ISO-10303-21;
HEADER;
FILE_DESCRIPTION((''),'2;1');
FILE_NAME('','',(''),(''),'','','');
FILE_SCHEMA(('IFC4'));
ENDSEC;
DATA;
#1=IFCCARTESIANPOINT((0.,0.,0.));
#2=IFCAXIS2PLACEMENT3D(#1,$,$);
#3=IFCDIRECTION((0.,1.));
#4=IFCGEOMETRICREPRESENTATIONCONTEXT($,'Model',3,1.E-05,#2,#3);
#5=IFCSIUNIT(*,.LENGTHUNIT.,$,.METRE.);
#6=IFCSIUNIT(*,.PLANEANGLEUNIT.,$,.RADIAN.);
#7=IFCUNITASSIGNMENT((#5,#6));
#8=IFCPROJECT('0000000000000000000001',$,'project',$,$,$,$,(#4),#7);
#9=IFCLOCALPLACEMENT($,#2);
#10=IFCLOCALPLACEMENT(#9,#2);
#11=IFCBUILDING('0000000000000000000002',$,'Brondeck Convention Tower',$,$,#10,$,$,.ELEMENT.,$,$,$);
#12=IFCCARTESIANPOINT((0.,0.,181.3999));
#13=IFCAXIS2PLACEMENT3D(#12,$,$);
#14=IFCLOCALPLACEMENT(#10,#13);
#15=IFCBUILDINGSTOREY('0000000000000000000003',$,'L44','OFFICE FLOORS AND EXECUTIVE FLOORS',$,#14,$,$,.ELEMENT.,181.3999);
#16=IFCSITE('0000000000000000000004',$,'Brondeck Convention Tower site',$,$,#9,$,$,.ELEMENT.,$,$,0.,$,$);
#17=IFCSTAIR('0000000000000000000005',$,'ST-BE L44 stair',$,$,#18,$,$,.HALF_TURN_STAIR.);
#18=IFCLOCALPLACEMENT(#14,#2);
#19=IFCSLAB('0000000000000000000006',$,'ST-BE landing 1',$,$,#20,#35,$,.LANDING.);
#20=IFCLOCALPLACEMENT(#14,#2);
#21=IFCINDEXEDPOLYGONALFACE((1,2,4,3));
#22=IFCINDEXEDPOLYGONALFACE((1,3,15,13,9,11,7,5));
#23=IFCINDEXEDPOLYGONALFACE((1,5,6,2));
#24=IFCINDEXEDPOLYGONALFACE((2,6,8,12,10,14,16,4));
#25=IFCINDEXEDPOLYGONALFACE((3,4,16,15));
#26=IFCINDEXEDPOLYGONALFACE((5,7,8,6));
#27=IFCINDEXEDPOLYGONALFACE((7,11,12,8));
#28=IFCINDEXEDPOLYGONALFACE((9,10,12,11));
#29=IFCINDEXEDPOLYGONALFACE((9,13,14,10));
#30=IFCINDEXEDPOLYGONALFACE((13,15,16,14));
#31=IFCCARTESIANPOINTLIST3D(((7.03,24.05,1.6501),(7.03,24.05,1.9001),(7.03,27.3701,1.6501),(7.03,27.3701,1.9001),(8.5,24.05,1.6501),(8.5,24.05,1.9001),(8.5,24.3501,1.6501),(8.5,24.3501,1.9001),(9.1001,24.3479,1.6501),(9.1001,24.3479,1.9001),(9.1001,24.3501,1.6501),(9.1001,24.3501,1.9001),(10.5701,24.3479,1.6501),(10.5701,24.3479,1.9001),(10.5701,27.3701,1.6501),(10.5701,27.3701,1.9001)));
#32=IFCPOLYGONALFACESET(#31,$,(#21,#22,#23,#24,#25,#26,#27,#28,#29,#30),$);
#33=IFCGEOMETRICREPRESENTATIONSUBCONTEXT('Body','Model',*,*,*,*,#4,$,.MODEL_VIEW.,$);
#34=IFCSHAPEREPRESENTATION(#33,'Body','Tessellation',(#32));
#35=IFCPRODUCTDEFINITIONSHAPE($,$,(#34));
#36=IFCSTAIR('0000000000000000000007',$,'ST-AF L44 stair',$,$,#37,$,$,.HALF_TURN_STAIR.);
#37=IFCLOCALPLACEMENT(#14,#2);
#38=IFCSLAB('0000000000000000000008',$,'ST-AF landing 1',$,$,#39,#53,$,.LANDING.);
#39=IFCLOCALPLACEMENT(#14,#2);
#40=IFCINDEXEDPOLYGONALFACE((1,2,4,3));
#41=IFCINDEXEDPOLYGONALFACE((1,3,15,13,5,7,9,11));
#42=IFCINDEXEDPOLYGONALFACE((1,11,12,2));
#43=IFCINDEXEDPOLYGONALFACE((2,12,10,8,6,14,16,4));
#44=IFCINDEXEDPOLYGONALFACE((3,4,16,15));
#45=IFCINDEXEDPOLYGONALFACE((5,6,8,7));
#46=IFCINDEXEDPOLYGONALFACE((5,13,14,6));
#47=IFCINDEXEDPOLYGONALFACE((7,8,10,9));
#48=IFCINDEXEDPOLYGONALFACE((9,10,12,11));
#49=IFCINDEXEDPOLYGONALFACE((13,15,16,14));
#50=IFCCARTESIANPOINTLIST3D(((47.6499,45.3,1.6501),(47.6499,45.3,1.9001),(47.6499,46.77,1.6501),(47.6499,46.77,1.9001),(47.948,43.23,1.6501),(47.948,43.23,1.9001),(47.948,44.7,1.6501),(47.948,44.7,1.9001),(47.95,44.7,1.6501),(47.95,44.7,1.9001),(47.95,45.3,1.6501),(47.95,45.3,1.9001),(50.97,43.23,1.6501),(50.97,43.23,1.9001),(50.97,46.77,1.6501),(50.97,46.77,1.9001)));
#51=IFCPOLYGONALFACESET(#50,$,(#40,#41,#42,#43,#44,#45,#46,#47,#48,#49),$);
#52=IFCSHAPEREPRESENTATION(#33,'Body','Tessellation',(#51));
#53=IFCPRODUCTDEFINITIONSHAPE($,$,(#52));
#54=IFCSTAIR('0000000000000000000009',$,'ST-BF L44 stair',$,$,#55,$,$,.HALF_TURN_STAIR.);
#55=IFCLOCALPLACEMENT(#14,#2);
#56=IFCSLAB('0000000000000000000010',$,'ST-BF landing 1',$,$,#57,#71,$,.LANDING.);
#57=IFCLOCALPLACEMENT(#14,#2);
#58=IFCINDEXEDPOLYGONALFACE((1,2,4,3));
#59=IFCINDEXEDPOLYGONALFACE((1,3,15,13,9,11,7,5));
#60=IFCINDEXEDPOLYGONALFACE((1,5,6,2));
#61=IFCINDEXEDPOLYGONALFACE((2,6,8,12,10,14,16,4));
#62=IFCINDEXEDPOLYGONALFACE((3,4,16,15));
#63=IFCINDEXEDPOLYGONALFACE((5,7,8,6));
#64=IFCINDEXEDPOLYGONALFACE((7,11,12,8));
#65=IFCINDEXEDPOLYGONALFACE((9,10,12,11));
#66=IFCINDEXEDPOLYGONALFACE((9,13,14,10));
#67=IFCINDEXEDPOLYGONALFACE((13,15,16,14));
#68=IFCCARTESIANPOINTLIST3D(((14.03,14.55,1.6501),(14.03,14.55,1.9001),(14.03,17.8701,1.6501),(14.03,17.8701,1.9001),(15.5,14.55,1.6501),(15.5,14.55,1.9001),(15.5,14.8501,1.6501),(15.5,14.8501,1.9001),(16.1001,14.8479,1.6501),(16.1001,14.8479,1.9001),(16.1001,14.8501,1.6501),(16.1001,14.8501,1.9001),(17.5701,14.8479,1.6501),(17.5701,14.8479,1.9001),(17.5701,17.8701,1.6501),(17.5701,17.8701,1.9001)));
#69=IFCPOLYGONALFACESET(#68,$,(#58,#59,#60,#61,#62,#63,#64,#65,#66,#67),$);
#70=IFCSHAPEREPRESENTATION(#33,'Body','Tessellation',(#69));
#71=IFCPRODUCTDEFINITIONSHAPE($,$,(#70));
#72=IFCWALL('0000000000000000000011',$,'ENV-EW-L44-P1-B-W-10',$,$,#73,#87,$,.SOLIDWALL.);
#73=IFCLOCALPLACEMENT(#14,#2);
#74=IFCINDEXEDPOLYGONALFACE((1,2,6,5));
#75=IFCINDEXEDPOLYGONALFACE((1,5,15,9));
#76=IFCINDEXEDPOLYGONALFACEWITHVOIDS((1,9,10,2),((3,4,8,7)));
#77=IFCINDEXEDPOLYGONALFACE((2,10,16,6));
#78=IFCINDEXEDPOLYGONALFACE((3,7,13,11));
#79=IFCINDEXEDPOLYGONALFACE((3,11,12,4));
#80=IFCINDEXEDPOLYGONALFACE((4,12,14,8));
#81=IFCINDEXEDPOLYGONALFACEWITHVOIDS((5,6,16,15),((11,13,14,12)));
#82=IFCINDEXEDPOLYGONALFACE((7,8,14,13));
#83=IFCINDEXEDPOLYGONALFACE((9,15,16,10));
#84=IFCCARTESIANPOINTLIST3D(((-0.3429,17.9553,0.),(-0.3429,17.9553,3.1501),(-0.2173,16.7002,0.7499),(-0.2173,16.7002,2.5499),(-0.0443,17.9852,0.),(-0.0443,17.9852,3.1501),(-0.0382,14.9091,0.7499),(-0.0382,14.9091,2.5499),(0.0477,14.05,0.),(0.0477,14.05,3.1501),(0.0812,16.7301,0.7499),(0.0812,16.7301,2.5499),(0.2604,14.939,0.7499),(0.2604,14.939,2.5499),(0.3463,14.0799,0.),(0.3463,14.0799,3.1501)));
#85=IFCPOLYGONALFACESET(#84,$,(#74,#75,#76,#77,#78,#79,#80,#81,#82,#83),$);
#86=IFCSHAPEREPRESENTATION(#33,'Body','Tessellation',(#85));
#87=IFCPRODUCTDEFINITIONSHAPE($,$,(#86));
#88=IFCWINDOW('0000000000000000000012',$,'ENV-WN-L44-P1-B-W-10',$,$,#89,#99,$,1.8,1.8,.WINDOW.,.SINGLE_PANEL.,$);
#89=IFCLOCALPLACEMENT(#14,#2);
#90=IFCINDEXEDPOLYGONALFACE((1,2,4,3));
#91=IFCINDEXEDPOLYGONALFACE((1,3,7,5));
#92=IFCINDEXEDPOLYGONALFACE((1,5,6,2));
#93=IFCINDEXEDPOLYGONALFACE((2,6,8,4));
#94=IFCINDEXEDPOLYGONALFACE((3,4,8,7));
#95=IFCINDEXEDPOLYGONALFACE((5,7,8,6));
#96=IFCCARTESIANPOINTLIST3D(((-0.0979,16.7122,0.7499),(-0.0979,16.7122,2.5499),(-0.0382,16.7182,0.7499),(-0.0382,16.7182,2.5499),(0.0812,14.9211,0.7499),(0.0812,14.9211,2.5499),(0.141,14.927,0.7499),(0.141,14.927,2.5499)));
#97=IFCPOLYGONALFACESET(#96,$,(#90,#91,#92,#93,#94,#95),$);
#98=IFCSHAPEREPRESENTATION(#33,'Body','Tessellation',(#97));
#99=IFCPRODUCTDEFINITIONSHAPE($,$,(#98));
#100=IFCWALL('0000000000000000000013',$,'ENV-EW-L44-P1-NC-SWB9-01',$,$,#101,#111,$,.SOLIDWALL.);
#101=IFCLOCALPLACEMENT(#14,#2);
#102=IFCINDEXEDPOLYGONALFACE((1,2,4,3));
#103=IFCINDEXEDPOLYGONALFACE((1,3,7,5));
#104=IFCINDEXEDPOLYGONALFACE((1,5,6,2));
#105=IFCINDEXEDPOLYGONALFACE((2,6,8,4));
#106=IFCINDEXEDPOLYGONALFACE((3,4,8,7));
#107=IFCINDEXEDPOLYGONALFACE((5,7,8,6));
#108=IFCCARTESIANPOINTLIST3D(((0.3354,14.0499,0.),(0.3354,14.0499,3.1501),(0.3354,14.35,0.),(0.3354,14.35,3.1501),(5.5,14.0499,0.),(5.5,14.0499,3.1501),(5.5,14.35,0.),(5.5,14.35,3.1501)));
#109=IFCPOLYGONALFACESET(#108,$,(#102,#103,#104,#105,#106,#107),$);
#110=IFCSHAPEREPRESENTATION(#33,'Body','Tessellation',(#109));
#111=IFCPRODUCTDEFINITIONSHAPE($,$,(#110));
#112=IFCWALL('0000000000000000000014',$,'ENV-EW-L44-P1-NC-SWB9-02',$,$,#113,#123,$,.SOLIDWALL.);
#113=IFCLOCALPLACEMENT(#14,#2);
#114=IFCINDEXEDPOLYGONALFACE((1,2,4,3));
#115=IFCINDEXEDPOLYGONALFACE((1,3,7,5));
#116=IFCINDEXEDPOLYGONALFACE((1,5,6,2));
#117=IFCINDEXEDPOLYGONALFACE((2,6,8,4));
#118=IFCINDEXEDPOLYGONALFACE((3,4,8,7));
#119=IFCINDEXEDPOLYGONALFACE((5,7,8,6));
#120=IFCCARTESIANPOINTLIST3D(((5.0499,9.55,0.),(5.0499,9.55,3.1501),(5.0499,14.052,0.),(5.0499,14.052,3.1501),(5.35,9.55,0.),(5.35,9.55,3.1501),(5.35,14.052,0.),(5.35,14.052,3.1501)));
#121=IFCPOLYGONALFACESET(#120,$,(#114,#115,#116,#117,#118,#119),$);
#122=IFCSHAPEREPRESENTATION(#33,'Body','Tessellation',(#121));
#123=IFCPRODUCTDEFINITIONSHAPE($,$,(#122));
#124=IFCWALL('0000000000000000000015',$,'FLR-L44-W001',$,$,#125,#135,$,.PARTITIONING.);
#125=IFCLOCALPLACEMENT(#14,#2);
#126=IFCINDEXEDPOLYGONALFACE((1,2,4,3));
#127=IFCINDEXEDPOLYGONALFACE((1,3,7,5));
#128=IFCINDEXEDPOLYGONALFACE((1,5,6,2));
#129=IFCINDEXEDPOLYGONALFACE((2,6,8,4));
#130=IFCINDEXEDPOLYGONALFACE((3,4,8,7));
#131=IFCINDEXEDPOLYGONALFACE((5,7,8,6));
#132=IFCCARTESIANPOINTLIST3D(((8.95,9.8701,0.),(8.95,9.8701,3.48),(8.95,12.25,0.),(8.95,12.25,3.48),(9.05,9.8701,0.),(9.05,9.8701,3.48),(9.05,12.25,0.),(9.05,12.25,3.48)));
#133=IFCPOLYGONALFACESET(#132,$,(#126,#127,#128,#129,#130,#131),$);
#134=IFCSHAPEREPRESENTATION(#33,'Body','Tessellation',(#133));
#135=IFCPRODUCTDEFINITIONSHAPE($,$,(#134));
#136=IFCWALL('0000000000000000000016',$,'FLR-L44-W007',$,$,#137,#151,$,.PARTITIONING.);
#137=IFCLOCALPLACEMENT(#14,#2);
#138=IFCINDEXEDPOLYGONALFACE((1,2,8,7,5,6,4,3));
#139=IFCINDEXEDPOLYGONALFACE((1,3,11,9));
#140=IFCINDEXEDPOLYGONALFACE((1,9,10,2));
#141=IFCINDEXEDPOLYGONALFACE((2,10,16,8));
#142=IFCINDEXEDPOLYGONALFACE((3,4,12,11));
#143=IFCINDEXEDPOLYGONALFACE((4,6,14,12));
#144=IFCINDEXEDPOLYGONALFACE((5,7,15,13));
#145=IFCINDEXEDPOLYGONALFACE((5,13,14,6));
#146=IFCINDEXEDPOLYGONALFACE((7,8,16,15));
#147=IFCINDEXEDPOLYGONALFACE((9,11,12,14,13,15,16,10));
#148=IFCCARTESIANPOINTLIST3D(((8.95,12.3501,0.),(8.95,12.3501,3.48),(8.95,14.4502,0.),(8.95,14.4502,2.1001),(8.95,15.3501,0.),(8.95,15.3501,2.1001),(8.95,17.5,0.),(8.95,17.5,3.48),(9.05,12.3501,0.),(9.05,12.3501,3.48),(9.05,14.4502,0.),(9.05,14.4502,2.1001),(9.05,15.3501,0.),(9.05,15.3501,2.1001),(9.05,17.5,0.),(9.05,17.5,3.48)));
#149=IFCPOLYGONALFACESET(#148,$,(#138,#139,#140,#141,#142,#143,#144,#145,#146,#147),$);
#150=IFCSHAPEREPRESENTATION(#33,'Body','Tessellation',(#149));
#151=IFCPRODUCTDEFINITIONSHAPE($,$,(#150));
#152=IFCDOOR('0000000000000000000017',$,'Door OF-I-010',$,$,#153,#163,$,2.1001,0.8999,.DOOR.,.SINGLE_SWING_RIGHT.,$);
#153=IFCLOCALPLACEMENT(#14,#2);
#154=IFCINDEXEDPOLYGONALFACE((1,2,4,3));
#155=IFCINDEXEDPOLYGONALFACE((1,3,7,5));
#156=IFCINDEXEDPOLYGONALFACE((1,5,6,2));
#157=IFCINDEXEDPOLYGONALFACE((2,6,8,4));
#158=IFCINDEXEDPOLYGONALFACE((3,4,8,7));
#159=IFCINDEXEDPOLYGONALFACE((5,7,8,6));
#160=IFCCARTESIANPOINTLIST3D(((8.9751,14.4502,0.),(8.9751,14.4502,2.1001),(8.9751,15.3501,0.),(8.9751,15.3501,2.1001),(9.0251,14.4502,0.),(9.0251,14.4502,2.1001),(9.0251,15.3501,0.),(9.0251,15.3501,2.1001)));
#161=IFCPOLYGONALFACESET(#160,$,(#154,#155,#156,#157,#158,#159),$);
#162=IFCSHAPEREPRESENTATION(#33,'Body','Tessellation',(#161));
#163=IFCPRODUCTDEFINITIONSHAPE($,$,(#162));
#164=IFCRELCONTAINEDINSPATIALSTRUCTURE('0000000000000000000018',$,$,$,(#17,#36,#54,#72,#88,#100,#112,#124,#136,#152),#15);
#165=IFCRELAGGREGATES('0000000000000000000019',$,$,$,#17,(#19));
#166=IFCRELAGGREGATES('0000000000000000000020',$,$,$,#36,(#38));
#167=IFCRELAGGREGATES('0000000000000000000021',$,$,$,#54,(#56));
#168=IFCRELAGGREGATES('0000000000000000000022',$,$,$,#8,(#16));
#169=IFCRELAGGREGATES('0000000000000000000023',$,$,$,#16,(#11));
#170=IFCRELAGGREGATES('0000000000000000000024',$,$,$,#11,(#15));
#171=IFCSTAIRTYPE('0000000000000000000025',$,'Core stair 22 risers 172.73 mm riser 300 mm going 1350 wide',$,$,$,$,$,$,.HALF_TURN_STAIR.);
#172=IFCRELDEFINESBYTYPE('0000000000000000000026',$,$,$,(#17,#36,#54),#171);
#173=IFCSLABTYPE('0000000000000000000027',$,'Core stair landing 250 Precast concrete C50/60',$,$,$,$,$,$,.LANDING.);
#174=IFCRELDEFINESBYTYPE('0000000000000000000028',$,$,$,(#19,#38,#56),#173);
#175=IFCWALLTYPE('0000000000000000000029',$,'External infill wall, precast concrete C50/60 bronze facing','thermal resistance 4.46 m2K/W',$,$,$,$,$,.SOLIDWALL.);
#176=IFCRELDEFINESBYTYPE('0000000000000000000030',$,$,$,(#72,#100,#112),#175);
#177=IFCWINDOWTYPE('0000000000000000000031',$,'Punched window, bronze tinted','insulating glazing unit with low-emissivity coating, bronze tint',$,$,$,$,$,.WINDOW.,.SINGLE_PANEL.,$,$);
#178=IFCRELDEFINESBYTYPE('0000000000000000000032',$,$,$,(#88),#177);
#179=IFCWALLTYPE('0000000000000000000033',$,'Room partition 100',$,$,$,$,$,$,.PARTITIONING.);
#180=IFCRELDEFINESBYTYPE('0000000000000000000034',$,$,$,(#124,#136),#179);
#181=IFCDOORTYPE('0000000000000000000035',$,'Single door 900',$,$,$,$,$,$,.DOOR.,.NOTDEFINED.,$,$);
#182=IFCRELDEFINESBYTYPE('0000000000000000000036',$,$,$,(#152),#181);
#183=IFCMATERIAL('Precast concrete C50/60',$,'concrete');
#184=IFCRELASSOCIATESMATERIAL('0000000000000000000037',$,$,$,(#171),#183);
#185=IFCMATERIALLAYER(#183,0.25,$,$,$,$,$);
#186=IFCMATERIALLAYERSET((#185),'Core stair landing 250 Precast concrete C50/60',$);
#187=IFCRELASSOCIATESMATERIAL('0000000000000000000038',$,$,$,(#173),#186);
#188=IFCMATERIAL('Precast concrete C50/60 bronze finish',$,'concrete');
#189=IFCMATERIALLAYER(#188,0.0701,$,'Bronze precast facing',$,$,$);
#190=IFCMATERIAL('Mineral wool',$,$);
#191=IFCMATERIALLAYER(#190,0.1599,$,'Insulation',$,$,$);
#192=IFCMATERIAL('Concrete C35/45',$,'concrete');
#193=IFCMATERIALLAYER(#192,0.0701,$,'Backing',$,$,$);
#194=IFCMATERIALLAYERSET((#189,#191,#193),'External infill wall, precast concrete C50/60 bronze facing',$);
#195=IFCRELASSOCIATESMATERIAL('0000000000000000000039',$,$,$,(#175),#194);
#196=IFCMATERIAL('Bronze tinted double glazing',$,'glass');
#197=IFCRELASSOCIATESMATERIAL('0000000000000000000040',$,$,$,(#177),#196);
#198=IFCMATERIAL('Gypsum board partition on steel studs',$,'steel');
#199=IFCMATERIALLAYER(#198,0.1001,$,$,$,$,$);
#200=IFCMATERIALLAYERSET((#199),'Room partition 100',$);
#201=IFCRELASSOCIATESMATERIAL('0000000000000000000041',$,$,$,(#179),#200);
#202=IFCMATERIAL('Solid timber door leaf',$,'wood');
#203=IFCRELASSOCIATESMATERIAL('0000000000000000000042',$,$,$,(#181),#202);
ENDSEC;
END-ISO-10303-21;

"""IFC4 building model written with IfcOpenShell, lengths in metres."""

from ifc_helpers import new_model, si_unit, direction, frame, frame_2d, origin, place, context, subcontext, project, spatial, polyline, rectangle, outline, extrude, material, layer, layer_set, type_object, element, fill, aggregate, save


model = new_model("IFC4")

# Units and contexts
model_context = context("Model", 3, precision=1e-05, world=origin(), true_north=direction((0.0, 1.0)))
body_context = subcontext(model_context, "Body", "Model", "MODEL_VIEW")
ifc_project = project(units=[si_unit("LENGTHUNIT", "METRE"), si_unit("PLANEANGLEUNIT", "RADIAN")], contexts=[model_context])

# Site, building, storey
site_placement = place(None, origin())
site = spatial("IfcSite", under=ifc_project, at=site_placement, Name="Brondeck Convention Tower site", CompositionType="ELEMENT", RefElevation=0.0)
building_placement = place(site_placement, origin())
building = spatial("IfcBuilding", under=site, at=building_placement, Name="Brondeck Convention Tower", CompositionType="ELEMENT")
storey_placement = place(building_placement, frame((0.0, 0.0, 181.3999)))
storey = spatial("IfcBuildingStorey", under=building, at=storey_placement, Name="L44", Description="OFFICE FLOORS AND EXECUTIVE FLOORS", CompositionType="ELEMENT", Elevation=181.3999)

# Shared definitions
ifc_material_1 = material(Name="Concrete C35/45", Category="concrete")

# Stairs, slabs
ifc_material_2 = material(Name="Precast concrete C50/60", Category="concrete")
stair_type = type_object("IfcStairType", Name="Core stair 22 risers 172.73 mm riser 300 mm going 1350 wide", PredefinedType="HALF_TURN_STAIR", material=ifc_material_2)
ifc_layer_1 = layer(ifc_material_2, 0.25)
ifc_layer_set_1 = layer_set([ifc_layer_1], Name="Core stair landing 250 Precast concrete C50/60")
slab_type_1 = type_object("IfcSlabType", Name="Core stair landing 250 Precast concrete C50/60", PredefinedType="LANDING", material=ifc_layer_set_1)
stair_1_placement = place(storey_placement, origin())
stair_1 = element("IfcStair", 1, at=stair_1_placement, inside=storey, type_object=stair_type, Name="ST-BE L44 stair", PredefinedType="HALF_TURN_STAIR")
slab_1_placement = place(storey_placement, frame((0.0, 0.0, 1.6501)))
slab_1 = element("IfcSlab", 2, at=slab_1_placement, type_object=slab_type_1, Name="ST-BE landing 1", PredefinedType="LANDING", context=body_context, shape_type="SweptSolid", body=[
    extrude(outline(polyline([(7.03, 24.05), (7.03, 27.3701), (10.5701, 27.3701), (10.5701, 24.3479), (9.1001, 24.3479), (9.1001, 24.3501), (8.5, 24.3501), (8.5, 24.05), (7.03, 24.05)])), origin(), (0.0, 0.0, 1.0), 0.25),
])
aggregate(stair_1, [slab_1])
stair_2_placement = place(storey_placement, origin())
stair_2 = element("IfcStair", 3, at=stair_2_placement, inside=storey, type_object=stair_type, Name="ST-AF L44 stair", PredefinedType="HALF_TURN_STAIR")
slab_2_placement = place(storey_placement, frame((0.0, 0.0, 1.6501)))
slab_2 = element("IfcSlab", 4, at=slab_2_placement, type_object=slab_type_1, Name="ST-AF landing 1", PredefinedType="LANDING", context=body_context, shape_type="SweptSolid", body=[
    extrude(outline(polyline([(47.948, 44.7), (47.95, 44.7), (47.95, 45.3), (47.6499, 45.3), (47.6499, 46.77), (50.97, 46.77), (50.97, 43.23), (47.948, 43.23), (47.948, 44.7)])), origin(), (0.0, 0.0, 1.0), 0.25),
])
aggregate(stair_2, [slab_2])
stair_3_placement = place(storey_placement, origin())
stair_3 = element("IfcStair", 5, at=stair_3_placement, inside=storey, type_object=stair_type, Name="ST-BF L44 stair", PredefinedType="HALF_TURN_STAIR")
slab_3_placement = place(storey_placement, frame((0.0, 0.0, 1.6501)))
slab_3 = element("IfcSlab", 6, at=slab_3_placement, type_object=slab_type_1, Name="ST-BF landing 1", PredefinedType="LANDING", context=body_context, shape_type="SweptSolid", body=[
    extrude(outline(polyline([(14.03, 14.55), (14.03, 17.8701), (17.5701, 17.8701), (17.5701, 14.8479), (16.1001, 14.8479), (16.1001, 14.8501), (15.5, 14.8501), (15.5, 14.55), (14.03, 14.55)])), origin(), (0.0, 0.0, 1.0), 0.25),
])
aggregate(stair_3, [slab_3])

# Wall, opening, window
ifc_material_3 = material(Name="Precast concrete C50/60 bronze finish", Category="concrete")
ifc_layer_2 = layer(ifc_material_3, 0.0701, Name="Bronze precast facing")
ifc_material_4 = material(Name="Mineral wool")
ifc_layer_3 = layer(ifc_material_4, 0.1599, Name="Insulation")
ifc_layer_4 = layer(ifc_material_1, 0.0701, Name="Backing")
ifc_layer_set_2 = layer_set([ifc_layer_2, ifc_layer_3, ifc_layer_4], Name="External infill wall, precast concrete C50/60 bronze facing")
wall_type_1 = type_object("IfcWallType", Name="External infill wall, precast concrete C50/60 bronze facing", Description="thermal resistance 4.46 m2K/W", PredefinedType="SOLIDWALL", material=ifc_layer_set_2)
wall_1_placement = place(storey_placement, frame((0.197, 14.0649, 0.0), z_axis=(0.0, 0.0, 1.0), x_axis=(-0.099528, 0.995035, 0.0)))
wall_1 = element("IfcWall", 7, at=wall_1_placement, inside=storey, type_object=wall_type_1, Name="ENV-EW-L44-P1-B-W-10", PredefinedType="SOLIDWALL", context=body_context, shape_type="SweptSolid", body=[
    extrude(rectangle(XDim=3.9248, YDim=0.3, at=frame_2d((1.9624, 0.0))), origin(), (0.0, 0.0, 1.0), 3.1501),
])
opening_1_placement = place(wall_1_placement, frame((0.8635, 0.0, 0.75)))
opening_1 = element("IfcOpeningElement", 8, at=opening_1_placement, cuts=wall_1, PredefinedType="OPENING", context=body_context, shape_type="SweptSolid", body=[
    extrude(rectangle(XDim=1.8, YDim=1.8, at=frame_2d((0.8999, 0.8999))), frame((0.0, 0.1599, 0.0), z_axis=(0.0, -1.0, 0.0), x_axis=(1.0, 0.0, 0.0)), (0.0, 0.0, 1.0), 0.3201),
])
ifc_material_5 = material(Name="Bronze tinted double glazing", Category="glass")
window_type = type_object("IfcWindowType", Name="Punched window, bronze tinted", Description="insulating glazing unit with low-emissivity coating, bronze tint", PartitioningType="SINGLE_PANEL", PredefinedType="WINDOW", material=ifc_material_5)
window_placement = place(opening_1_placement, origin())
window = element("IfcWindow", 9, at=window_placement, inside=storey, type_object=window_type, Name="ENV-WN-L44-P1-B-W-10", OverallHeight=1.8, OverallWidth=1.8, PartitioningType="SINGLE_PANEL", PredefinedType="WINDOW", context=body_context, shape_type="SweptSolid", body=[
    extrude(rectangle(XDim=1.8, YDim=1.8, at=frame_2d((0.8999, 0.8999))), frame((0.0, 0.03, 0.0), z_axis=(0.0, -1.0, 0.0), x_axis=(1.0, 0.0, 0.0)), (0.0, 0.0, 1.0), 0.0601),
])
fill(opening_1, window)

# Walls
wall_2_placement = place(storey_placement, frame((5.5, 14.2, 0.0), z_axis=(0.0, 0.0, 1.0), x_axis=(-1.0, 0.0, 0.0)))
element("IfcWall", 10, at=wall_2_placement, inside=storey, type_object=wall_type_1, Name="ENV-EW-L44-P1-NC-SWB9-01", PredefinedType="SOLIDWALL", context=body_context, shape_type="SweptSolid", body=[
    extrude(rectangle(XDim=5.1646, YDim=0.3, at=frame_2d((2.5823, 0.0))), origin(), (0.0, 0.0, 1.0), 3.1501),
])
wall_3_placement = place(storey_placement, frame((5.2, 9.55, 0.0), z_axis=(0.0, 0.0, 1.0), x_axis=(0.0, 1.0, 0.0)))
element("IfcWall", 11, at=wall_3_placement, inside=storey, type_object=wall_type_1, Name="ENV-EW-L44-P1-NC-SWB9-02", PredefinedType="SOLIDWALL", context=body_context, shape_type="SweptSolid", body=[
    extrude(rectangle(XDim=4.502, YDim=0.3, at=frame_2d((2.251, 0.0))), origin(), (0.0, 0.0, 1.0), 3.1501),
])
ifc_material_6 = material(Name="Gypsum board partition on steel studs", Category="steel")
ifc_layer_5 = layer(ifc_material_6, 0.1001)
ifc_layer_set_3 = layer_set([ifc_layer_5], Name="Room partition 100")
wall_type_2 = type_object("IfcWallType", Name="Room partition 100", PredefinedType="PARTITIONING", material=ifc_layer_set_3)
wall_4_placement = place(storey_placement, frame((9.0, 9.8701, 0.0), z_axis=(0.0, 0.0, 1.0), x_axis=(0.0, 1.0, 0.0)))
element("IfcWall", 12, at=wall_4_placement, inside=storey, type_object=wall_type_2, Name="FLR-L44-W001", PredefinedType="PARTITIONING", context=body_context, shape_type="SweptSolid", body=[
    extrude(rectangle(XDim=2.3799, YDim=0.1001, at=frame_2d((1.1899, 0.0))), origin(), (0.0, 0.0, 1.0), 3.48),
])

# Wall, opening, door
wall_5_placement = place(storey_placement, frame((9.0, 12.3501, 0.0), z_axis=(0.0, 0.0, 1.0), x_axis=(0.0, 1.0, 0.0)))
wall_5 = element("IfcWall", 13, at=wall_5_placement, inside=storey, type_object=wall_type_2, Name="FLR-L44-W007", PredefinedType="PARTITIONING", context=body_context, shape_type="SweptSolid", body=[
    extrude(rectangle(XDim=5.1499, YDim=0.1001, at=frame_2d((2.575, 0.0))), origin(), (0.0, 0.0, 1.0), 3.48),
])
opening_2_placement = place(wall_5_placement, frame((2.1001, 0.0, 0.0)))
opening_2 = element("IfcOpeningElement", 14, at=opening_2_placement, cuts=wall_5, PredefinedType="OPENING", context=body_context, shape_type="SweptSolid", body=[
    extrude(rectangle(XDim=0.8999, YDim=2.1001, at=frame_2d((0.45, 1.05))), frame((0.0, 0.0601, 0.0), z_axis=(0.0, -1.0, 0.0), x_axis=(1.0, 0.0, 0.0)), (0.0, 0.0, 1.0), 0.1201),
])
ifc_material_7 = material(Name="Solid timber door leaf", Category="wood")
door_type = type_object("IfcDoorType", Name="Single door 900", OperationType="NOTDEFINED", PredefinedType="DOOR", material=ifc_material_7)
door_placement = place(opening_2_placement, origin())
door = element("IfcDoor", 15, at=door_placement, inside=storey, type_object=door_type, Name="Door OF-I-010", OperationType="SINGLE_SWING_RIGHT", OverallHeight=2.1001, OverallWidth=0.8999, PredefinedType="DOOR", context=body_context, shape_type="SweptSolid", body=[
    extrude(rectangle(XDim=0.8999, YDim=2.1001, at=frame_2d((0.45, 1.05))), frame((0.0, 0.0249, 0.0), z_axis=(0.0, -1.0, 0.0), x_axis=(1.0, 0.0, 0.0)), (0.0, 0.0, 1.0), 0.05),
])
fill(opening_2, door)

save(model, "model.ifc")
